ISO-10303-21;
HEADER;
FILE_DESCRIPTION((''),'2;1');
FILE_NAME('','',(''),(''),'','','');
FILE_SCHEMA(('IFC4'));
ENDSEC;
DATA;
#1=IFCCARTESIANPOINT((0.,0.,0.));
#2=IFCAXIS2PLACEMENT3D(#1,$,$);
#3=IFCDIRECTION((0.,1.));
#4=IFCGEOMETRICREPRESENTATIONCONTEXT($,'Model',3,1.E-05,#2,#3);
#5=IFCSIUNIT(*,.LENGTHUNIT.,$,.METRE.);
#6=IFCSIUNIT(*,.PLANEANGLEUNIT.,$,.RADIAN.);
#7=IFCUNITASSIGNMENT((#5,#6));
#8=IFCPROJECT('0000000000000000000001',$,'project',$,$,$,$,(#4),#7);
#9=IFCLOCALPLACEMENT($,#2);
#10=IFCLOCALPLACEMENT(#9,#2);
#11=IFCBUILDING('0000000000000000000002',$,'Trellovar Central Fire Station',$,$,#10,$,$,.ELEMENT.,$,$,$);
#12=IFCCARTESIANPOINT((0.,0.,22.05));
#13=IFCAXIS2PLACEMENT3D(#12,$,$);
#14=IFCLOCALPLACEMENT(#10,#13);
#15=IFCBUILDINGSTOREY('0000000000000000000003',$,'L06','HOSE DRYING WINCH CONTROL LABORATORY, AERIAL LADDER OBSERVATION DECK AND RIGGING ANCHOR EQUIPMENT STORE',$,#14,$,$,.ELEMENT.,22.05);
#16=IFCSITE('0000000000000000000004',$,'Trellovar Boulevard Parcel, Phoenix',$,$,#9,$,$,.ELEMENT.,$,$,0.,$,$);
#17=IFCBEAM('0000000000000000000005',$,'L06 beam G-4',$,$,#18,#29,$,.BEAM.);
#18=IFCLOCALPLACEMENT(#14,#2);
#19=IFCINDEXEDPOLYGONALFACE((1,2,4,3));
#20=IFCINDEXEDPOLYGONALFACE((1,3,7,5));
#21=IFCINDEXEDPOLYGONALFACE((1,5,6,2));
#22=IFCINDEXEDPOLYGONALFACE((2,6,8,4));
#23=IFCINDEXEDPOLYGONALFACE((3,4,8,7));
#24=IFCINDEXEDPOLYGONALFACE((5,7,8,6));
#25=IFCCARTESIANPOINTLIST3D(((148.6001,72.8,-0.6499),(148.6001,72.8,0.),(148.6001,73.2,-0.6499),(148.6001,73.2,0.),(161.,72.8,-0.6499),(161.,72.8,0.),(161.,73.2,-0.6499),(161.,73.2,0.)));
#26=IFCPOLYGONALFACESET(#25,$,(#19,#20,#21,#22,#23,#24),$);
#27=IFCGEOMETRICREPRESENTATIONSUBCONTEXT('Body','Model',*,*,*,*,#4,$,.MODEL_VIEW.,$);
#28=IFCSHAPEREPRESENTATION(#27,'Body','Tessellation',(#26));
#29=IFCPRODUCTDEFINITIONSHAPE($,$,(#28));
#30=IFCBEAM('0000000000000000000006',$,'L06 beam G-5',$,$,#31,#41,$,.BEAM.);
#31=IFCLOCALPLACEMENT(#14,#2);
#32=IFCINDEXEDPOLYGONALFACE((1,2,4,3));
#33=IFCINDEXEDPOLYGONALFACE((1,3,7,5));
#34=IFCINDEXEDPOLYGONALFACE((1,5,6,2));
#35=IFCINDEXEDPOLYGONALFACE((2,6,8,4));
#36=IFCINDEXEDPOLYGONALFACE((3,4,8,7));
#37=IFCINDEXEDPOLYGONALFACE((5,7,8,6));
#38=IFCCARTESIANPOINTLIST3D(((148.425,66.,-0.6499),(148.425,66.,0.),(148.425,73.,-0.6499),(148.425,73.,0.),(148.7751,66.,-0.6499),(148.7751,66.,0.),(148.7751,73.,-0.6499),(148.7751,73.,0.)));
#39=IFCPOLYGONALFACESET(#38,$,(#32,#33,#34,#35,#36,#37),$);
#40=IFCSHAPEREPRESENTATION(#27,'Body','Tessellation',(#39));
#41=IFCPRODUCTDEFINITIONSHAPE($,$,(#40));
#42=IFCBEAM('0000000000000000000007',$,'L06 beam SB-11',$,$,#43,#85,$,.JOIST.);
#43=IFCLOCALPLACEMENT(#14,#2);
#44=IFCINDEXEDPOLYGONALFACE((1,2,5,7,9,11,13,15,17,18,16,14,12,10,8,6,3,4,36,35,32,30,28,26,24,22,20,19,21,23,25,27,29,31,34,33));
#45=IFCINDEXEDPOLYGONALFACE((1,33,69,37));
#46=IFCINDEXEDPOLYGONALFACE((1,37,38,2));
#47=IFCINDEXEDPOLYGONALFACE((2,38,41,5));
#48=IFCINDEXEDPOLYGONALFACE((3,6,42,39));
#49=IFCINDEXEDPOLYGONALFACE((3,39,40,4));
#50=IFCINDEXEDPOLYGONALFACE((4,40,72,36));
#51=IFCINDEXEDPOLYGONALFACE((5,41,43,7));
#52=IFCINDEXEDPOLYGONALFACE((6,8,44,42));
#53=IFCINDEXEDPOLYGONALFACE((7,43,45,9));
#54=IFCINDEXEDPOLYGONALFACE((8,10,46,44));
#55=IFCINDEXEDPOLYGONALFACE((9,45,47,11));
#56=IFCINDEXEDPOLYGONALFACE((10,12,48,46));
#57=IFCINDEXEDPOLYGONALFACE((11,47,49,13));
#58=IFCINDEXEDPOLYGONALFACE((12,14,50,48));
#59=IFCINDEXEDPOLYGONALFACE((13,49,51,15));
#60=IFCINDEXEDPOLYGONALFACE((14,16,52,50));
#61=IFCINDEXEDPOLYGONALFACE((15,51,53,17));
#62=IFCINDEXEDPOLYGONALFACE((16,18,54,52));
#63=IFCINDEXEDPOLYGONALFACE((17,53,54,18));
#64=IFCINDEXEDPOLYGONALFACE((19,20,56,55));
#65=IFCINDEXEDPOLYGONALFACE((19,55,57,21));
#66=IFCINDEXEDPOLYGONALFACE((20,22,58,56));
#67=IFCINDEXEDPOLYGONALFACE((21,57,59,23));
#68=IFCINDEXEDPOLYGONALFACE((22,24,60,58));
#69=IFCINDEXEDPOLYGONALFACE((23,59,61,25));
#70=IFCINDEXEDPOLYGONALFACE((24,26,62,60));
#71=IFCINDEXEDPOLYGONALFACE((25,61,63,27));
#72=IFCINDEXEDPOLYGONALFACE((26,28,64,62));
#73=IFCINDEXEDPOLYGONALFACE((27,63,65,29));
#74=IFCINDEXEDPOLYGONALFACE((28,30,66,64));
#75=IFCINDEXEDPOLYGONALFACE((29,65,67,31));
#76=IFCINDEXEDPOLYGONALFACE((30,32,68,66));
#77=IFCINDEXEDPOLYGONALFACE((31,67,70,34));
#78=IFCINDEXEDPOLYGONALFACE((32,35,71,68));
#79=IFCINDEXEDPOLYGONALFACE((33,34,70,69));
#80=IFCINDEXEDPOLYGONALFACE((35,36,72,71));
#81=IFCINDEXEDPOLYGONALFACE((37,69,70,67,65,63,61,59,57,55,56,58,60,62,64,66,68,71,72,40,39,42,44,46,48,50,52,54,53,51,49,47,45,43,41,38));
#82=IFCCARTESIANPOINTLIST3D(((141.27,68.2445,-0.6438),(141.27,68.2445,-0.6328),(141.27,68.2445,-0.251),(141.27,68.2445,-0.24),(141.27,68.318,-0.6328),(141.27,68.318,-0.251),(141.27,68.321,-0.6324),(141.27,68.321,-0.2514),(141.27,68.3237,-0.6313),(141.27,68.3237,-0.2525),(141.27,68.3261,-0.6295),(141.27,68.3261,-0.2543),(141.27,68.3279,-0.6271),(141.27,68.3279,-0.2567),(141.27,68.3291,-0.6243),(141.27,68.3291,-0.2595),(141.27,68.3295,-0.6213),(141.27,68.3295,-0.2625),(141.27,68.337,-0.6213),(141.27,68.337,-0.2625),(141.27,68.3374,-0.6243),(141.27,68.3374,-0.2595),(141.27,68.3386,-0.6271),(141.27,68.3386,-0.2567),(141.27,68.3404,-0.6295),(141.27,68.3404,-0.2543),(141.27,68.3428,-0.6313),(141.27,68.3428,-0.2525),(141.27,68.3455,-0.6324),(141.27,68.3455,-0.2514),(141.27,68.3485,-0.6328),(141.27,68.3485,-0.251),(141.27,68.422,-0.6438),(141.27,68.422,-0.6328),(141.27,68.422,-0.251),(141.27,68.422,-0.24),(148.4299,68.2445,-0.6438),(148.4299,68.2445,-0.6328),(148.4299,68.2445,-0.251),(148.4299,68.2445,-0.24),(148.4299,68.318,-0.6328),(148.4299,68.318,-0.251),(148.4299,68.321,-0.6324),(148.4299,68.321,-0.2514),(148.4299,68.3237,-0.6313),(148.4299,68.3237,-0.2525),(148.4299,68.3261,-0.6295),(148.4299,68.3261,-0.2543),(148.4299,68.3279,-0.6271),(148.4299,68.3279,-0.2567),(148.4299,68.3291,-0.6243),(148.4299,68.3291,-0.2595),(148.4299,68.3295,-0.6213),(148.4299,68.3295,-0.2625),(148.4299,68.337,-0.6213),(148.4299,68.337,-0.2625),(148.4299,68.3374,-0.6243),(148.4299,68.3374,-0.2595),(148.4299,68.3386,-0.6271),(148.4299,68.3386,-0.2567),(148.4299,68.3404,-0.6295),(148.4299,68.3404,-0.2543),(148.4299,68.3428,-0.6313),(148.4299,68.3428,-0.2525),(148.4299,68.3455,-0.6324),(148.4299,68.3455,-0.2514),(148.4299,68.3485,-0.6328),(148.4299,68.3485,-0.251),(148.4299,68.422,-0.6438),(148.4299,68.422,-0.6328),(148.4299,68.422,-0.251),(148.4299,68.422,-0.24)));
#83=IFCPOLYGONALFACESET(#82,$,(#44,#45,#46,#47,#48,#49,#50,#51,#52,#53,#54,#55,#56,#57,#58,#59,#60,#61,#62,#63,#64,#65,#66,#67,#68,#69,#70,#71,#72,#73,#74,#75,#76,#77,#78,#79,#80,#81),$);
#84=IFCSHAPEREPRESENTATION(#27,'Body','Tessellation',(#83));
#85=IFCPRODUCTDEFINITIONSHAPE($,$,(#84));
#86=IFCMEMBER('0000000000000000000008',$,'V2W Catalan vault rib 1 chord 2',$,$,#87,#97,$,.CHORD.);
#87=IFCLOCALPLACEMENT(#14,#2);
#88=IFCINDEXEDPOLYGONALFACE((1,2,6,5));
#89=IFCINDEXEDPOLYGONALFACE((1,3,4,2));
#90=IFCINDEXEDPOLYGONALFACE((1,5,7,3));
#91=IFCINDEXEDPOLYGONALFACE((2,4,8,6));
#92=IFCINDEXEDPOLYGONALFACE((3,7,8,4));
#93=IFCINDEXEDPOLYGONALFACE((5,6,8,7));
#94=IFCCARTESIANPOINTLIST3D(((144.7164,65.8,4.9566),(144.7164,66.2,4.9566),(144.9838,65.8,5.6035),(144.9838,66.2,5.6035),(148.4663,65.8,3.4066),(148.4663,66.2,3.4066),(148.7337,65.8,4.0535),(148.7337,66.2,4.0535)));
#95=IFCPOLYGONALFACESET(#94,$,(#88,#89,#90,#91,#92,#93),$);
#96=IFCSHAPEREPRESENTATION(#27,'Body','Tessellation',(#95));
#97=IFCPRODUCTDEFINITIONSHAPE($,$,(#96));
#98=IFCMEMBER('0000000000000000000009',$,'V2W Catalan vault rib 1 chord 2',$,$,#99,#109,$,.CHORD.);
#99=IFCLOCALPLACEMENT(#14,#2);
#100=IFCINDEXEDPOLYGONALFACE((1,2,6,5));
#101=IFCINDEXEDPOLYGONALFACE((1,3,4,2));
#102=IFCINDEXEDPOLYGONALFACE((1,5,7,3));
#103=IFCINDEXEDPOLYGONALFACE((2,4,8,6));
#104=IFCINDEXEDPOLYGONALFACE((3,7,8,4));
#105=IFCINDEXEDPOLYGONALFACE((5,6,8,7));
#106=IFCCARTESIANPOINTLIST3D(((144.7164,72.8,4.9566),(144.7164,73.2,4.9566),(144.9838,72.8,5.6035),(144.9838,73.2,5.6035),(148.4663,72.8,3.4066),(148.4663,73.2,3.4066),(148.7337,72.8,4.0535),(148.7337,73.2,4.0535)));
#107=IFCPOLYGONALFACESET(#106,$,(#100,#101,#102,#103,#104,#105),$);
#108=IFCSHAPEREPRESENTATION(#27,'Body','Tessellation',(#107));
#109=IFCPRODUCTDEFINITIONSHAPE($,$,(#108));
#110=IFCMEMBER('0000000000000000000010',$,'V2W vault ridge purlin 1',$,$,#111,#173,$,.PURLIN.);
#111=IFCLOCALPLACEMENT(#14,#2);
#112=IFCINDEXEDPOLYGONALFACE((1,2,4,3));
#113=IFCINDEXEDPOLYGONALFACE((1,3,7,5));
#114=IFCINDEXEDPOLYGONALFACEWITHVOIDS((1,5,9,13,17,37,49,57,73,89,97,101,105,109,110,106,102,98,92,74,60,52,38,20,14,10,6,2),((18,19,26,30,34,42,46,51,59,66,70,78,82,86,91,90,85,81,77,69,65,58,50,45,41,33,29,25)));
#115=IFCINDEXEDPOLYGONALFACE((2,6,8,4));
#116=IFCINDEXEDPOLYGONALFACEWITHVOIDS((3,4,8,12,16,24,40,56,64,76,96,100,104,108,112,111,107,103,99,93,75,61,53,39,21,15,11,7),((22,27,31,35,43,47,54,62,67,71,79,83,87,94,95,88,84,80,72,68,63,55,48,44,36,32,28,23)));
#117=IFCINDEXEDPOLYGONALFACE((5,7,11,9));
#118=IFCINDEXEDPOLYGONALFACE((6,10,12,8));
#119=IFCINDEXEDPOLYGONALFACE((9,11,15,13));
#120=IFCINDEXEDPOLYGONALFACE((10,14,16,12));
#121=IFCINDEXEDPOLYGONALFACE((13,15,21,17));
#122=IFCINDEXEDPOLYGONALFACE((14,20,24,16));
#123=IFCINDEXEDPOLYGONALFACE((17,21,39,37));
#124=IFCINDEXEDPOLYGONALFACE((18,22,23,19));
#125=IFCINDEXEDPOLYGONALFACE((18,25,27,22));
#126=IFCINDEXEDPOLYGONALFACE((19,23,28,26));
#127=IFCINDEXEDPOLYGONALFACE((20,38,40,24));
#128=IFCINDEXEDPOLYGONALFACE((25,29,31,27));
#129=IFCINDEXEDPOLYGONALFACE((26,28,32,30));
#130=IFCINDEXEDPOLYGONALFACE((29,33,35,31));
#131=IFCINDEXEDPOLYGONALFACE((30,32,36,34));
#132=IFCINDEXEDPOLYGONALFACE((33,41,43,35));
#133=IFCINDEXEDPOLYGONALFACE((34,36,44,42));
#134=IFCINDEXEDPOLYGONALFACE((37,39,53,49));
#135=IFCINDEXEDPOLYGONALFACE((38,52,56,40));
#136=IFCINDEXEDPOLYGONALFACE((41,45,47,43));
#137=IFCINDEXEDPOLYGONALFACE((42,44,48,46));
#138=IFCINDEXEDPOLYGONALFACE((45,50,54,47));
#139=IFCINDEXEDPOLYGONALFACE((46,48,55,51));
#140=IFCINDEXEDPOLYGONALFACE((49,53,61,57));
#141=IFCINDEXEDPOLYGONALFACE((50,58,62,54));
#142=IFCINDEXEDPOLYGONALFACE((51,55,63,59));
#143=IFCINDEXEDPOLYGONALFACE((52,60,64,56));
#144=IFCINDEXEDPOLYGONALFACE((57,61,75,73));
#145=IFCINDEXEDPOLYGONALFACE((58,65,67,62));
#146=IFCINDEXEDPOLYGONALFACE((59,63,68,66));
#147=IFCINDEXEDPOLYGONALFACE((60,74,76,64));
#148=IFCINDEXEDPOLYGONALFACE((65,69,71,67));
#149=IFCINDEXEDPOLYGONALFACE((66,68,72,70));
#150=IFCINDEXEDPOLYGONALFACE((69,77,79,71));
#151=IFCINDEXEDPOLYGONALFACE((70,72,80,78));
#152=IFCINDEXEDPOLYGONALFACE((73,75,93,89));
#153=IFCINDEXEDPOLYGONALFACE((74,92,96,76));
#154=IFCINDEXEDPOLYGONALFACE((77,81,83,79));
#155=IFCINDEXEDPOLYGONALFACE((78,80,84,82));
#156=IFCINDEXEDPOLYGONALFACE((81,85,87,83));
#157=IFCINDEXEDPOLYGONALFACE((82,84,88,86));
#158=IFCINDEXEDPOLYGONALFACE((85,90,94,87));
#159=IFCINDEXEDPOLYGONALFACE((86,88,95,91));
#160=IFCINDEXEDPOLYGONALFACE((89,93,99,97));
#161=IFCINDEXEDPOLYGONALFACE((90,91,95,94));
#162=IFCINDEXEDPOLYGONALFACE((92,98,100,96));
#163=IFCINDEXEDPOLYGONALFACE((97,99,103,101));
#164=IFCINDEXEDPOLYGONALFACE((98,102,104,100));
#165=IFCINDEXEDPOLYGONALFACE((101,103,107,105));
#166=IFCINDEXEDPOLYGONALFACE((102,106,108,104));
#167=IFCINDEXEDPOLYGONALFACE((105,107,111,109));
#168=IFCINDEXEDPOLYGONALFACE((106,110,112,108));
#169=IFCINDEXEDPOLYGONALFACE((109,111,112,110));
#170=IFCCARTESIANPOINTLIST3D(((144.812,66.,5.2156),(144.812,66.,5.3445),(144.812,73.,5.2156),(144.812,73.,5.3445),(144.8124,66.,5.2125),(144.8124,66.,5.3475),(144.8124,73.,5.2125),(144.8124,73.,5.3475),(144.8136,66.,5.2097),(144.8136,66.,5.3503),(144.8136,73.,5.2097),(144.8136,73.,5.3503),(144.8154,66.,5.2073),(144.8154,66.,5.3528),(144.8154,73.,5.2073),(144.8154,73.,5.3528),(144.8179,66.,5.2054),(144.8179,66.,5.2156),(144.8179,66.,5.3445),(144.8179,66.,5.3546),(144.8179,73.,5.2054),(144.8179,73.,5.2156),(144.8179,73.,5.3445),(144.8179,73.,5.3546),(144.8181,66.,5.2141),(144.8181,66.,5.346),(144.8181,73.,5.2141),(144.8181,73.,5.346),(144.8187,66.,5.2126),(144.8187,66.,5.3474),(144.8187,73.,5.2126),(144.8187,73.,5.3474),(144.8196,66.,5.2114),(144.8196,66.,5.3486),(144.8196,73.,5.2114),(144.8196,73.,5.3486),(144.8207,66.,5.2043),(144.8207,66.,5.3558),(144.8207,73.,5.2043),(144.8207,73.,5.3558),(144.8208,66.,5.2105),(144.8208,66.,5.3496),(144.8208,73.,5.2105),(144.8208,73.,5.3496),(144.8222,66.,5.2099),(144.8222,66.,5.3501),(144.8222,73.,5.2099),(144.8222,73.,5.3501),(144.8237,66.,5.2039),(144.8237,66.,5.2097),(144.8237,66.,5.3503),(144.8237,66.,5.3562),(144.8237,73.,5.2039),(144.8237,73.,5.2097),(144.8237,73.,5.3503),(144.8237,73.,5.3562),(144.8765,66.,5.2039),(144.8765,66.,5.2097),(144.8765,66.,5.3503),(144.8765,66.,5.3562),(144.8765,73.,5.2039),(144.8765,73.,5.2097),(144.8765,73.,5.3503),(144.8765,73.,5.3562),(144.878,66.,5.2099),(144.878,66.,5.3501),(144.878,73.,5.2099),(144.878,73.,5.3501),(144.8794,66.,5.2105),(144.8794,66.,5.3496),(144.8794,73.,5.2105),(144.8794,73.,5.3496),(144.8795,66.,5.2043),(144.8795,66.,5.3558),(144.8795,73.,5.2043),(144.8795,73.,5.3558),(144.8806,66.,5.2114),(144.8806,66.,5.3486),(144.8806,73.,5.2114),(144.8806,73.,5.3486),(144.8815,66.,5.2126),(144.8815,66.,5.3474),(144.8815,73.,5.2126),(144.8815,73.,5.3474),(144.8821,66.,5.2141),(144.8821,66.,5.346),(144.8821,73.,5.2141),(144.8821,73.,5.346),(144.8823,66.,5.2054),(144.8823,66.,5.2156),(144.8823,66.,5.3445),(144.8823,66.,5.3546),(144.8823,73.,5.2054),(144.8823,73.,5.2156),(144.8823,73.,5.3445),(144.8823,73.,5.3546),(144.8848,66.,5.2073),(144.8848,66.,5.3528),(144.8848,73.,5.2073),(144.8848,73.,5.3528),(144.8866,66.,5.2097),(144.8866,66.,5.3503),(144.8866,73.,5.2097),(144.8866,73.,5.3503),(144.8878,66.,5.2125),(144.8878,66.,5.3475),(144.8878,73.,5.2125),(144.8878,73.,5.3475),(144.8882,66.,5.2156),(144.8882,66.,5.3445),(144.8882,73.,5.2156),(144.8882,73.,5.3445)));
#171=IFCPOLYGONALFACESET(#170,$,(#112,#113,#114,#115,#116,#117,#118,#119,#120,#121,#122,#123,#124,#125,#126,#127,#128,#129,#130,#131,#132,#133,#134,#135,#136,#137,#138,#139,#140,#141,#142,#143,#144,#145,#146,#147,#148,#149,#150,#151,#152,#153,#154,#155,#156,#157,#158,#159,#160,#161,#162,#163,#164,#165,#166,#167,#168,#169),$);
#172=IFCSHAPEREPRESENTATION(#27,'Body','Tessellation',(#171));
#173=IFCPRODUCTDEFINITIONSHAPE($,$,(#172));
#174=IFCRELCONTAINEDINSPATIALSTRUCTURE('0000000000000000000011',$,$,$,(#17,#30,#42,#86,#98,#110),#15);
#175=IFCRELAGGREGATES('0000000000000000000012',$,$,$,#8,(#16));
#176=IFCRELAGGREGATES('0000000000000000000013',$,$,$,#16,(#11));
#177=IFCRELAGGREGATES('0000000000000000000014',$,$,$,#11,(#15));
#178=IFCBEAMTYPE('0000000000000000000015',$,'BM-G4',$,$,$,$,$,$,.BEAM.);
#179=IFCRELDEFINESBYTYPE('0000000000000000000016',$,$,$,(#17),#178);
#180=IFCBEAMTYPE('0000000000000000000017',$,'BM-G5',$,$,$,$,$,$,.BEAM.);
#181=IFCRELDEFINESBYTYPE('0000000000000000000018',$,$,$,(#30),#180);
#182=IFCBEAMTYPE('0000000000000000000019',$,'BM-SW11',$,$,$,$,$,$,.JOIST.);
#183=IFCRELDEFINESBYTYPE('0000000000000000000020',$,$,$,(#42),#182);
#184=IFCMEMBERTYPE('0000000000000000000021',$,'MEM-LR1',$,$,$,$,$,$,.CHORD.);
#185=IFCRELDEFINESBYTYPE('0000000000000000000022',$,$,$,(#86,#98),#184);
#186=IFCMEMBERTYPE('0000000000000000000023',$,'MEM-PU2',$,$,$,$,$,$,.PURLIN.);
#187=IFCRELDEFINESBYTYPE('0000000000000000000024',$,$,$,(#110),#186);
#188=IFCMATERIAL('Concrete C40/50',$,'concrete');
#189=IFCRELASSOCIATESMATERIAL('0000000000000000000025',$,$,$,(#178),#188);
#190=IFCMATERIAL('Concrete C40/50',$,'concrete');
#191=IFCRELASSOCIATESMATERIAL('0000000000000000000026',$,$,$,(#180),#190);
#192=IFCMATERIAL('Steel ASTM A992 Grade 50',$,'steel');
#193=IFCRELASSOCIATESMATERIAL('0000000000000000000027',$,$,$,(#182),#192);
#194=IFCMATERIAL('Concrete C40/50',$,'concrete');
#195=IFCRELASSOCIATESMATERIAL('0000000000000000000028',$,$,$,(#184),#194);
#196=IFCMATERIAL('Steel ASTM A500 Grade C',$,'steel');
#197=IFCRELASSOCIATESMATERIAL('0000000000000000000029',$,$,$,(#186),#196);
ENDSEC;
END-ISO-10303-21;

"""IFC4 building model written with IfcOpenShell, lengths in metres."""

from ifc_helpers import new_model, si_unit, direction, frame, origin, origin_2d, place, context, subcontext, project, spatial, rectangle, hollow_rectangle, i_section, extrude, material, material_profile, profile_set, type_object, element, save


model = new_model("IFC4")

# Units and contexts
model_context = context("Model", 3, precision=1e-05, world=origin(), true_north=direction((0.0, 1.0)))
body_context = subcontext(model_context, "Body", "Model", "MODEL_VIEW")
ifc_project = project(units=[si_unit("LENGTHUNIT", "METRE"), si_unit("PLANEANGLEUNIT", "RADIAN")], contexts=[model_context])

# Site, building, storey
site_placement = place(None, origin())
site = spatial("IfcSite", under=ifc_project, at=site_placement, Name="Trellovar Boulevard Parcel, Phoenix", CompositionType="ELEMENT", RefElevation=0.0)
building_placement = place(site_placement, origin())
building = spatial("IfcBuilding", under=site, at=building_placement, Name="Trellovar Central Fire Station", CompositionType="ELEMENT")
storey_placement = place(building_placement, frame((0.0, 0.0, 22.05)))
storey = spatial("IfcBuildingStorey", under=building, at=storey_placement, Name="L06", Description="HOSE DRYING WINCH CONTROL LABORATORY, AERIAL LADDER OBSERVATION DECK AND RIGGING ANCHOR EQUIPMENT STORE", CompositionType="ELEMENT", Elevation=22.05)

# Beams
ifc_material_1 = material(Name="Concrete C40/50", Category="concrete")
ifc_material_profile_1 = material_profile(ifc_material_1, rectangle(XDim=0.3999, YDim=0.6499, at=origin_2d()), Name="RC400X650")
ifc_profile_set_1 = profile_set([ifc_material_profile_1], Name="Concrete C40/50")
beam_type_1 = type_object("IfcBeamType", Name="BM-G4", PredefinedType="BEAM", material=ifc_profile_set_1)
beam_1_placement = place(storey_placement, frame((148.6001, 73.0, -0.325), z_axis=(1.0, 0.0, 0.0), x_axis=(0.0, 1.0, 0.0)))
element("IfcBeam", 1, at=beam_1_placement, inside=storey, type_object=beam_type_1, Name="L06 beam G-4", PredefinedType="BEAM", context=body_context, shape_type="SweptSolid", body=[
    extrude(rectangle(XDim=0.3999, YDim=0.6499, at=origin_2d()), origin(), (0.0, 0.0, 1.0), 12.3999),
])
ifc_material_2 = material(Name="Concrete C40/50", Category="concrete")
ifc_material_profile_2 = material_profile(ifc_material_2, rectangle(XDim=0.3501, YDim=0.6499, at=origin_2d()), Name="RC350X650")
ifc_profile_set_2 = profile_set([ifc_material_profile_2], Name="Concrete C40/50")
beam_type_2 = type_object("IfcBeamType", Name="BM-G5", PredefinedType="BEAM", material=ifc_profile_set_2)
beam_2_placement = place(storey_placement, frame((148.6001, 66.0, -0.325), z_axis=(0.0, 1.0, 0.0), x_axis=(-1.0, 0.0, 0.0)))
element("IfcBeam", 2, at=beam_2_placement, inside=storey, type_object=beam_type_2, Name="L06 beam G-5", PredefinedType="BEAM", context=body_context, shape_type="SweptSolid", body=[
    extrude(rectangle(XDim=0.3501, YDim=0.6499, at=origin_2d()), origin(), (0.0, 0.0, 1.0), 7.0),
])
ifc_material_3 = material(Name="Steel ASTM A992 Grade 50", Category="steel")
ifc_material_profile_3 = material_profile(ifc_material_3, i_section(OverallWidth=0.1775, OverallDepth=0.4038, WebThickness=0.0076, FlangeThickness=0.011, FilletRadius=0.0115, at=origin_2d()), Name="W16X36")
ifc_profile_set_3 = profile_set([ifc_material_profile_3], Name="Steel ASTM A992 Grade 50")
beam_type_3 = type_object("IfcBeamType", Name="BM-SW11", PredefinedType="JOIST", material=ifc_profile_set_3)
beam_3_placement = place(storey_placement, frame((141.27, 68.3333, -0.4419), z_axis=(1.0, 0.0, 0.0), x_axis=(0.0, 1.0, 0.0)))
element("IfcBeam", 3, at=beam_3_placement, inside=storey, type_object=beam_type_3, Name="L06 beam SB-11", PredefinedType="JOIST", context=body_context, shape_type="SweptSolid", body=[
    extrude(i_section(OverallWidth=0.1775, OverallDepth=0.4038, WebThickness=0.0076, FlangeThickness=0.011, FilletRadius=0.0115, at=origin_2d()), origin(), (0.0, 0.0, 1.0), 7.1599),
])

# Members
ifc_material_4 = material(Name="Concrete C40/50", Category="concrete")
ifc_material_profile_4 = material_profile(ifc_material_4, rectangle(XDim=0.3999, YDim=0.7, at=origin_2d()), Name="RC400X700")
ifc_profile_set_4 = profile_set([ifc_material_profile_4], Name="Concrete C40/50")
member_type_1 = type_object("IfcMemberType", Name="MEM-LR1", PredefinedType="CHORD", material=ifc_profile_set_4)
for number, where, z_axis, x_axis, name in (
    (4, (144.8501, 66.0, 5.28), (0.924163, 0.0, -0.381999), (0.0, 1.0, 0.0), "V2W Catalan vault rib 1 chord 2"),
    (5, (144.8501, 73.0, 5.28), (0.924163, 0.0, -0.381999), (0.0, 1.0, 0.0), "V2W Catalan vault rib 1 chord 2"),
):
    element("IfcMember", number, at=place(storey_placement, frame(where, z_axis=z_axis, x_axis=x_axis)), inside=storey, type_object=member_type_1, Name=name, PredefinedType="CHORD", context=body_context, shape_type="SweptSolid", body=[
        extrude(rectangle(XDim=0.3999, YDim=0.7, at=origin_2d()), origin(), (0.0, 0.0, 1.0), 4.0576),
    ])
ifc_material_5 = material(Name="Steel ASTM A500 Grade C", Category="steel")
ifc_material_profile_5 = material_profile(ifc_material_5, hollow_rectangle(XDim=0.0762, YDim=0.1523, WallThickness=0.0059, InnerFilletRadius=0.0059, OuterFilletRadius=0.0117, at=origin_2d()), Name="HSS6X3X1/4")
ifc_profile_set_5 = profile_set([ifc_material_profile_5], Name="Steel ASTM A500 Grade C")
member_type_2 = type_object("IfcMemberType", Name="MEM-PU2", PredefinedType="PURLIN", material=ifc_profile_set_5)
for number, where, z_axis, x_axis, name in (
    (6, (144.8501, 66.0, 5.28), (0.0, 1.0, 0.0), (-1.0, 0.0, 0.0), "V2W vault ridge purlin 1"),
):
    element("IfcMember", number, at=place(storey_placement, frame(where, z_axis=z_axis, x_axis=x_axis)), inside=storey, type_object=member_type_2, Name=name, PredefinedType="PURLIN", context=body_context, shape_type="SweptSolid", body=[
        extrude(hollow_rectangle(XDim=0.0762, YDim=0.1523, WallThickness=0.0059, InnerFilletRadius=0.0059, OuterFilletRadius=0.0117, at=origin_2d()), origin(), (0.0, 0.0, 1.0), 7.0),
    ])

save(model, "model.ifc")
